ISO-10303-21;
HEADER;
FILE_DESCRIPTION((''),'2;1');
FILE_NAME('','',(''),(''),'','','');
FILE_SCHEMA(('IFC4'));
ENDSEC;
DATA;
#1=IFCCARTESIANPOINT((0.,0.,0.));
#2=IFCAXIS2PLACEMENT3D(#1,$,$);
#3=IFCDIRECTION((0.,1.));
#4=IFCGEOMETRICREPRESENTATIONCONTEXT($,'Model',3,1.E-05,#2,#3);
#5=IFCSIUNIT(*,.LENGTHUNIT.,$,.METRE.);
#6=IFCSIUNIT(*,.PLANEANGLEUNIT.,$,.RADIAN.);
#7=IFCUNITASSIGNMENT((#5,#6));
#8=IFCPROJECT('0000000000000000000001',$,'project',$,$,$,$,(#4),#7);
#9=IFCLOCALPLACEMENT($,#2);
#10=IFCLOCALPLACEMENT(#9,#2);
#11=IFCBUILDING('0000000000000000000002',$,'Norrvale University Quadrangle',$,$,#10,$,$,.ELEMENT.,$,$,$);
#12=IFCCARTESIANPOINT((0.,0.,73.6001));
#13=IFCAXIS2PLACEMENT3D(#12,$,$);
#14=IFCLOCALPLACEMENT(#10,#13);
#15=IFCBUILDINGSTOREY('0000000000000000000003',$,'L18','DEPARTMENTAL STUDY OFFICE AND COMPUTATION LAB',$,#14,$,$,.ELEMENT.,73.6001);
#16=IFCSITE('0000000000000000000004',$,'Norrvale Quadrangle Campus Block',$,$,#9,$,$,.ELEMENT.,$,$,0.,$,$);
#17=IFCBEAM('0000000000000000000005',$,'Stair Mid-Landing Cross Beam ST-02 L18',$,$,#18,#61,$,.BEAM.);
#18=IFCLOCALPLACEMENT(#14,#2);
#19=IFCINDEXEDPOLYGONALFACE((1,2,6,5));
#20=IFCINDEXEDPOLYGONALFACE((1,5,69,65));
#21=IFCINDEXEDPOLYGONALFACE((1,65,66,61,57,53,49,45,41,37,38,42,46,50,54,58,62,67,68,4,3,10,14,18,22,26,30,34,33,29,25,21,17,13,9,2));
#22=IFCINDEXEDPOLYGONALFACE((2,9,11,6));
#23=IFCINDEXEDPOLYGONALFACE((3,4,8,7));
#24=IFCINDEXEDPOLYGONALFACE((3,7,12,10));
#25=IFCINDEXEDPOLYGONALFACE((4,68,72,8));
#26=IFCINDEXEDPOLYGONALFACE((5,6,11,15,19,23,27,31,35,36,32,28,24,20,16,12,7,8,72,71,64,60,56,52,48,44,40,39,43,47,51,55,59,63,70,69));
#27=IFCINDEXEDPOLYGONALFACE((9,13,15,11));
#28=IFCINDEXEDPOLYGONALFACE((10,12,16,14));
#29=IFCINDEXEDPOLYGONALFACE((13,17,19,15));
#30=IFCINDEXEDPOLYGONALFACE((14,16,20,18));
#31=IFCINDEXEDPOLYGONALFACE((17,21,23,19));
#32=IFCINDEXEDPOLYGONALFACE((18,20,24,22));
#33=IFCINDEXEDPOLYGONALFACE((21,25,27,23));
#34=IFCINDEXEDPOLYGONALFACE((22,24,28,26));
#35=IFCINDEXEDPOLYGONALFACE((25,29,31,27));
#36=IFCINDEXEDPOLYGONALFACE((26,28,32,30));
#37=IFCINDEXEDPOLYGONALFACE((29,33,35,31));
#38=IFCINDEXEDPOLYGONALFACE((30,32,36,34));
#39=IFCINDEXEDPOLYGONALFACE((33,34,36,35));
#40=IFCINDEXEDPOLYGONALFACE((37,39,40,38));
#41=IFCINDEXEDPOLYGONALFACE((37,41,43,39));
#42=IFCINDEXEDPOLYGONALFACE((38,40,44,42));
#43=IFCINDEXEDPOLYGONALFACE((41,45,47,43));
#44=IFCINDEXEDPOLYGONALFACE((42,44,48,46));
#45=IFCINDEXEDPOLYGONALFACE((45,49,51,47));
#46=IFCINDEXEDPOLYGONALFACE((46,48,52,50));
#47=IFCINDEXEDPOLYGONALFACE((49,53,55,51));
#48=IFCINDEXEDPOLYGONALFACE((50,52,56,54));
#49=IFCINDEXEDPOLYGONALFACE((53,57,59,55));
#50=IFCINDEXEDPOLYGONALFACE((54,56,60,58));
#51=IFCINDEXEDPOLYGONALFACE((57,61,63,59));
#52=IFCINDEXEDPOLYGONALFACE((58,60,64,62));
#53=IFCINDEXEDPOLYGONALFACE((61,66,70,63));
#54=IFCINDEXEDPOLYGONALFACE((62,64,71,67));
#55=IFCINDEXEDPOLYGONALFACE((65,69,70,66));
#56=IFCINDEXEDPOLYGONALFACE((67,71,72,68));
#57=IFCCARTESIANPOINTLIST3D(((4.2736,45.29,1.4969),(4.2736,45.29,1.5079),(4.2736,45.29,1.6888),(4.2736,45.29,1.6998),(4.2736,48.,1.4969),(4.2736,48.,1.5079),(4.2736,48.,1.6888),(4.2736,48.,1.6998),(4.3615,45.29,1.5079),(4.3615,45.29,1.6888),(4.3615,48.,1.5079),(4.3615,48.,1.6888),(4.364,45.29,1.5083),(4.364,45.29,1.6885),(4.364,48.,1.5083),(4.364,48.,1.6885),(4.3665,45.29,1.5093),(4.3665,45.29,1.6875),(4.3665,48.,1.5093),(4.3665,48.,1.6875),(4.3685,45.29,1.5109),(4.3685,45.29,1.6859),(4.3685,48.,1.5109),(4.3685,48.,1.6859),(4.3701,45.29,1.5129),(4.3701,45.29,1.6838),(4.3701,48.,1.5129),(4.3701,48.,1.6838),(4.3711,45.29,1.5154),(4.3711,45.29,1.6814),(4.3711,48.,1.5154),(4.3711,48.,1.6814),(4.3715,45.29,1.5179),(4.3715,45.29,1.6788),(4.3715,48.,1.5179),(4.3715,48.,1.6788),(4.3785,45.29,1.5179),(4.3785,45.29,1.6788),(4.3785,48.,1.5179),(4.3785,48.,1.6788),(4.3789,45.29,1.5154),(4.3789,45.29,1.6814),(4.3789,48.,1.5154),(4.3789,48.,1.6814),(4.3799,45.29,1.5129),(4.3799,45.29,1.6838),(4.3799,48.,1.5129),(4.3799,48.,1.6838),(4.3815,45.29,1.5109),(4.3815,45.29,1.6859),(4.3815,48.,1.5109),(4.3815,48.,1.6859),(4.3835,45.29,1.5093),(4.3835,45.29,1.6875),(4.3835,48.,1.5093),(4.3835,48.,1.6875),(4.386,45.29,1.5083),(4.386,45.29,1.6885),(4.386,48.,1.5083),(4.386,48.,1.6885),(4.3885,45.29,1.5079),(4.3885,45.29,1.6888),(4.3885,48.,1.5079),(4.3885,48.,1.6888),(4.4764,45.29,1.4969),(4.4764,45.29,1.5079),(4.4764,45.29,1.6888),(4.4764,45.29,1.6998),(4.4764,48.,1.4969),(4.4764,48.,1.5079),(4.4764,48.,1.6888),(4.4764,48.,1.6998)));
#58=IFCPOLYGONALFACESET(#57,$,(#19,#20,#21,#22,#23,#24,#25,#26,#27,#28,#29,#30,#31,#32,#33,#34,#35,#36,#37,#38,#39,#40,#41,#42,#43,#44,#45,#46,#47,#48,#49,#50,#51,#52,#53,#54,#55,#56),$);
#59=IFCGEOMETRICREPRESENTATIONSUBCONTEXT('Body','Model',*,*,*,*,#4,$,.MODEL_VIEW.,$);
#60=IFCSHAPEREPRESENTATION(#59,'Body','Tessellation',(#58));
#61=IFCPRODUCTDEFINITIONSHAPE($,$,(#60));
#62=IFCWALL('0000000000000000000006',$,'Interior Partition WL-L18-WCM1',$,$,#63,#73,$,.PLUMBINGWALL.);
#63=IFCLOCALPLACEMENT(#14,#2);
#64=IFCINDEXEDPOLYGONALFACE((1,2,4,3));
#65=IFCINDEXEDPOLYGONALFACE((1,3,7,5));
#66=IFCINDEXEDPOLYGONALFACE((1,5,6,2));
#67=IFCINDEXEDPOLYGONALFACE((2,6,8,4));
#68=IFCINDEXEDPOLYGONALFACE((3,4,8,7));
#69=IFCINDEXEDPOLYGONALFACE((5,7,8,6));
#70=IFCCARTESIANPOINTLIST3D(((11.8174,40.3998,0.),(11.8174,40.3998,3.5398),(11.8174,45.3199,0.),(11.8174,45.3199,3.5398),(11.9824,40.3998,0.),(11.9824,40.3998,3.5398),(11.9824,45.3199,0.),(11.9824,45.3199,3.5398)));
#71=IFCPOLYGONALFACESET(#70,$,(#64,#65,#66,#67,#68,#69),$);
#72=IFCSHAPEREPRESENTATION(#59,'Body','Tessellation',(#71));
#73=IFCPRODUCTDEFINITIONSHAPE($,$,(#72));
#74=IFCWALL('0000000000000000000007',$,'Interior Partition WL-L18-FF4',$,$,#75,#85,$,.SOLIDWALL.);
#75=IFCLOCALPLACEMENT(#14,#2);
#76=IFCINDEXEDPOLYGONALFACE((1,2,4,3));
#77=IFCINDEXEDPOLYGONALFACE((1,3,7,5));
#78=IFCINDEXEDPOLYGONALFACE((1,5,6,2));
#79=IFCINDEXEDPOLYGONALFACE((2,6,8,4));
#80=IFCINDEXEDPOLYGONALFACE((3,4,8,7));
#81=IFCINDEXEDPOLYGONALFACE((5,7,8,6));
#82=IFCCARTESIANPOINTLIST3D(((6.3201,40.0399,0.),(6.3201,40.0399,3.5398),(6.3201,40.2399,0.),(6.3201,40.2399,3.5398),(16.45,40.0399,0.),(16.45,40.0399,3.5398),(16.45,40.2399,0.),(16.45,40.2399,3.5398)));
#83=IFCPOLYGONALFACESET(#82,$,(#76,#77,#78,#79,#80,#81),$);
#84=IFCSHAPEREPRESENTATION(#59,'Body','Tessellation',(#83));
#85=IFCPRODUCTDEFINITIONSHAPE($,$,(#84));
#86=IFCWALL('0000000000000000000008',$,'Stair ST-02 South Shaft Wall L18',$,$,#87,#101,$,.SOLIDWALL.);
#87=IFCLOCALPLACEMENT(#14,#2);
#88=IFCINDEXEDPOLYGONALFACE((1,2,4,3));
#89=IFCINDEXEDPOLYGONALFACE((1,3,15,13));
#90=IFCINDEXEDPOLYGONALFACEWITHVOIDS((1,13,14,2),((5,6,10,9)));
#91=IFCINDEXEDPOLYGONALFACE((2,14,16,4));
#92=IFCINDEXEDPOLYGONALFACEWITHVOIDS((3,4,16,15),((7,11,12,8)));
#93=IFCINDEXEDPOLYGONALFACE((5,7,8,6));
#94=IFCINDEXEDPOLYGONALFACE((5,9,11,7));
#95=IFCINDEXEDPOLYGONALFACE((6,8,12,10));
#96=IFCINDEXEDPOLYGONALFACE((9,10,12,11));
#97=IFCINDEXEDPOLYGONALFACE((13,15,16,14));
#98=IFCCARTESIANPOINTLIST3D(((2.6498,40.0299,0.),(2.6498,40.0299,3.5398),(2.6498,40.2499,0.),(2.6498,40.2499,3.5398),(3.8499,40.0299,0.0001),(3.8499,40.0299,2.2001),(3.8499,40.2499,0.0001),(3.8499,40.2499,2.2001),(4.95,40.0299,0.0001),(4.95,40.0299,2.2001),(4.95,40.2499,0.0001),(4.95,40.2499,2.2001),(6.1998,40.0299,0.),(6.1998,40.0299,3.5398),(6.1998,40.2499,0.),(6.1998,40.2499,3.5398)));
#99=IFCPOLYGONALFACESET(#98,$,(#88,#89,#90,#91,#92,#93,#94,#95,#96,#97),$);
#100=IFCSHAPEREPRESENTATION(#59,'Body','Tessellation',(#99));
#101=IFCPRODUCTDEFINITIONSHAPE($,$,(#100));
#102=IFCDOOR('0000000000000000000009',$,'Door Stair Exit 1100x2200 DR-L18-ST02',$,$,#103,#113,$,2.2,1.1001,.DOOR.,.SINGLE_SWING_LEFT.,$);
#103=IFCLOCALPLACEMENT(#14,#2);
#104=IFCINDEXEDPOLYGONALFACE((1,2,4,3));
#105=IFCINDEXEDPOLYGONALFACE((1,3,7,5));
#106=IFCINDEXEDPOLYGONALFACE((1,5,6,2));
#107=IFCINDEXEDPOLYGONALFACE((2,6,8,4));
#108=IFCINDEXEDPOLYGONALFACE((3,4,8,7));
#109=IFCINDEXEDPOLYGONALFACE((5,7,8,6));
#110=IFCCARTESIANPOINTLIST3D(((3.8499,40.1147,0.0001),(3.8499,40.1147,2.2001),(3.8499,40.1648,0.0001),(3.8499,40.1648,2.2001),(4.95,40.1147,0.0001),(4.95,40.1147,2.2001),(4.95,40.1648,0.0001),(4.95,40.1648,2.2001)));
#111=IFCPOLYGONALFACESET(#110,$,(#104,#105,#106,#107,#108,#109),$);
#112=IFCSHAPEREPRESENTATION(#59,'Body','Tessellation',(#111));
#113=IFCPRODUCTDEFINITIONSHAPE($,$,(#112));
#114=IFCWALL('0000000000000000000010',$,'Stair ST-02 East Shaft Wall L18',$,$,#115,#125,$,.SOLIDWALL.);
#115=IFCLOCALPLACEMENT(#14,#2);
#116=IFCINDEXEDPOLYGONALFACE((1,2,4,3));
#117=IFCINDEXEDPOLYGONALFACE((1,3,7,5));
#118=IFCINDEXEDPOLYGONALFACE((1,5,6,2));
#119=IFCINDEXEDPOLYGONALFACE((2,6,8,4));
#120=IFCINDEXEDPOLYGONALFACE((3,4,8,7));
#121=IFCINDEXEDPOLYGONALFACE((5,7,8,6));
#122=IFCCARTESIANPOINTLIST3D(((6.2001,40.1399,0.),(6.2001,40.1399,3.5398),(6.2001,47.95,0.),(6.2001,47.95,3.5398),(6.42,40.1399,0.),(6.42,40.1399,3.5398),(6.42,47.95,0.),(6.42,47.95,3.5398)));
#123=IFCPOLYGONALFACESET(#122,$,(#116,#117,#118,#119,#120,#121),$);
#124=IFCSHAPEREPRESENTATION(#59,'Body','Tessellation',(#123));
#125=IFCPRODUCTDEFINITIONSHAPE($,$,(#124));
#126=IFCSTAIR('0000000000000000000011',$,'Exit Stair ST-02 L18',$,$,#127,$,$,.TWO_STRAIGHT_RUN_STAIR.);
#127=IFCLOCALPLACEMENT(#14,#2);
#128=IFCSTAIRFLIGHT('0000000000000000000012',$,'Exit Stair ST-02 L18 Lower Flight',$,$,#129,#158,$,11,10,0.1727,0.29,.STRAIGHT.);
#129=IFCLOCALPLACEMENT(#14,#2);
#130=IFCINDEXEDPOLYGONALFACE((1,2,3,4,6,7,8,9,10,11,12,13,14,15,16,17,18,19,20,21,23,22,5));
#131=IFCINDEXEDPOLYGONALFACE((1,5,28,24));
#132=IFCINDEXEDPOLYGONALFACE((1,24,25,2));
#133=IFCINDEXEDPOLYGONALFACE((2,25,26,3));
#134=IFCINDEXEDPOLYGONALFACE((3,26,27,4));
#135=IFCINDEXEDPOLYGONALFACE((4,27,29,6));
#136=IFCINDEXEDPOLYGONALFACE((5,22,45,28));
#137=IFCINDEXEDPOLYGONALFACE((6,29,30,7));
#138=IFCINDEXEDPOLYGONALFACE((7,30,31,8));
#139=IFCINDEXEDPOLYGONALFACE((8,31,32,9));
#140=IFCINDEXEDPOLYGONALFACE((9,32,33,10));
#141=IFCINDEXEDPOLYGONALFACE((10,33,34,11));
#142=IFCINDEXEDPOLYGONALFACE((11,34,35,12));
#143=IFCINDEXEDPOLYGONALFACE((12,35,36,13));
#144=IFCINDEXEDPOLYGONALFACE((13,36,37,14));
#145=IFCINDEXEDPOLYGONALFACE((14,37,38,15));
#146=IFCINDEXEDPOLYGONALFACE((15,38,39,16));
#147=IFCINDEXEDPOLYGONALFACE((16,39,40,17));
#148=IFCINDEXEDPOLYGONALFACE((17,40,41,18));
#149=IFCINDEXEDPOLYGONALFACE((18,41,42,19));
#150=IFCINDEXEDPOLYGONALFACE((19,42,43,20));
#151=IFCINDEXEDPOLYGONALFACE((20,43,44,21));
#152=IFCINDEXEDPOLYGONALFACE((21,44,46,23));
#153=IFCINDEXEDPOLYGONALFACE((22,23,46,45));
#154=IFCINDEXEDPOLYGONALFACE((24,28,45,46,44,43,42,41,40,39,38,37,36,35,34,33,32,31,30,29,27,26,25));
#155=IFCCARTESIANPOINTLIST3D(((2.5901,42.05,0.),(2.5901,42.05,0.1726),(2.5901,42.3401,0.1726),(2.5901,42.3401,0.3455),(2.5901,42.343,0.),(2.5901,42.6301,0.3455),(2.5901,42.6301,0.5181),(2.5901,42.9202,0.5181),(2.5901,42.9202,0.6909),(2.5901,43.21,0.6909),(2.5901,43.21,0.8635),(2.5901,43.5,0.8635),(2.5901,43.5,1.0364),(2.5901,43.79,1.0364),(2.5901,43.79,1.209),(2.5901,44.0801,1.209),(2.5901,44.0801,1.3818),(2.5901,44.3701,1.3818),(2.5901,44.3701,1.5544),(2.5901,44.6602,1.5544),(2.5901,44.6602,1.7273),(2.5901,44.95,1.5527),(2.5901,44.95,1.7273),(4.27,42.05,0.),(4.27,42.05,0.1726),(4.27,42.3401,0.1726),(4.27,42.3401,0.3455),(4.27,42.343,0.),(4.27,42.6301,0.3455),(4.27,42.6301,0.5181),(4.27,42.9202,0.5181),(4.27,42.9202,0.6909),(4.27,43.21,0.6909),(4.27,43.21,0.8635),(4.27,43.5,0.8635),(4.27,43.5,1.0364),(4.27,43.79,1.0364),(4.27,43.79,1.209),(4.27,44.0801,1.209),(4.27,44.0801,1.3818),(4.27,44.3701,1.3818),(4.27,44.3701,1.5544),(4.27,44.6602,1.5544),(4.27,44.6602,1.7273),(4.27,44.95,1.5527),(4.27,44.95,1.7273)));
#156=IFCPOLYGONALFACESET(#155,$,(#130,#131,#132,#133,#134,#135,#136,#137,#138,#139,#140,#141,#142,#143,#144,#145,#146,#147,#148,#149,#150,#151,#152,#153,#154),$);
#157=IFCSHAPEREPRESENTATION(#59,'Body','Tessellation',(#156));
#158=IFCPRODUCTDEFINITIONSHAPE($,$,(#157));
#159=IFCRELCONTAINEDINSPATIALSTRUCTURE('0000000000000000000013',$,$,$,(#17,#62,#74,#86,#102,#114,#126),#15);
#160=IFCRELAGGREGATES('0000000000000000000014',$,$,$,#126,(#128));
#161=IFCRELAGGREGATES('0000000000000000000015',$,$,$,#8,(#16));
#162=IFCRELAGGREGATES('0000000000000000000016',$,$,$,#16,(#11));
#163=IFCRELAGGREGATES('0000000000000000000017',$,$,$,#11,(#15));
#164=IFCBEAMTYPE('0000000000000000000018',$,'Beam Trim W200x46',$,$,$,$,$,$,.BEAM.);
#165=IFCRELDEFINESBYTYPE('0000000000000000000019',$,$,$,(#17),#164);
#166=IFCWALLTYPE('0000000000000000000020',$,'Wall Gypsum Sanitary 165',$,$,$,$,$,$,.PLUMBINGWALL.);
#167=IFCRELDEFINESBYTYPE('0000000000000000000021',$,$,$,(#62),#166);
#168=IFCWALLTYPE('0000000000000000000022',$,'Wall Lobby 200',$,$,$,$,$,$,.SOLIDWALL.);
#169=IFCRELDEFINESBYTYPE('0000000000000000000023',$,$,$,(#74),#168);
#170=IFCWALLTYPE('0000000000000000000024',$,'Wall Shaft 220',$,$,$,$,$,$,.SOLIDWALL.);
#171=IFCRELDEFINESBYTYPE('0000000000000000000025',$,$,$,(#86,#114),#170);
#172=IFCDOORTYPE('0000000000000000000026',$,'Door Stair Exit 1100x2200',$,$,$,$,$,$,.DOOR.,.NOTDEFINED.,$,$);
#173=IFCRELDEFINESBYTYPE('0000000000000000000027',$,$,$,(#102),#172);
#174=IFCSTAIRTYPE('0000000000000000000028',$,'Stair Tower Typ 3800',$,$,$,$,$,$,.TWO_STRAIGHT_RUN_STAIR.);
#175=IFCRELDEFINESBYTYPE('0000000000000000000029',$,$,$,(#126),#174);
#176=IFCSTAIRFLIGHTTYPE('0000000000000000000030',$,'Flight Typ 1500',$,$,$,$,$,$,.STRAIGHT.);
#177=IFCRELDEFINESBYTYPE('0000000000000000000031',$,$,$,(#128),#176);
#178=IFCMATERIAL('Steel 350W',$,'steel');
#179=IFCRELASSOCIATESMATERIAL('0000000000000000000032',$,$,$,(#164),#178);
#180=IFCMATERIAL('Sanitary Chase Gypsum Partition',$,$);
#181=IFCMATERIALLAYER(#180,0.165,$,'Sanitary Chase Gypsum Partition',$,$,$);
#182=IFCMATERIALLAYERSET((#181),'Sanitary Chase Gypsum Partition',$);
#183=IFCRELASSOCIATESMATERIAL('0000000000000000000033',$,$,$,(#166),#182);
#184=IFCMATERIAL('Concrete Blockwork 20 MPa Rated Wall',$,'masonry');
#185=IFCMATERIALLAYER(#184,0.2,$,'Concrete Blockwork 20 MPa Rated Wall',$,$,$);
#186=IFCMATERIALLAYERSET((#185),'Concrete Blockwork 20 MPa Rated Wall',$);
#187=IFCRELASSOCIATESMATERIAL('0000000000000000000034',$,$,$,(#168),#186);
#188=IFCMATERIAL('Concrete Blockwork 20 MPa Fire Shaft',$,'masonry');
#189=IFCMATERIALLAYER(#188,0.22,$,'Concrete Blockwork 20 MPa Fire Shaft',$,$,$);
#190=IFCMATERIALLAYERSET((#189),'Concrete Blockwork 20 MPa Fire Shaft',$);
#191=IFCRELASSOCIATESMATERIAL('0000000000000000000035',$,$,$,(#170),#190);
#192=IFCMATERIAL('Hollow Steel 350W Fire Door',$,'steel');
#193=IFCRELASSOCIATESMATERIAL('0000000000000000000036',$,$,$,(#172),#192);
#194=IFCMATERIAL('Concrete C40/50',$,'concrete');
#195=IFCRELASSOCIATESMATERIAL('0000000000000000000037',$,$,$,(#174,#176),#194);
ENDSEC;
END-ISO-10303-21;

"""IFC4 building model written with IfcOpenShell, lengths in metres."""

from ifc_helpers import new_model, si_unit, direction, frame, frame_2d, origin, origin_2d, place, context, subcontext, project, spatial, polyline, rectangle, i_section, outline, extrude, material, layer, layer_set, material_profile, profile_set, type_object, element, fill, aggregate, save


model = new_model("IFC4")

# Units and contexts
model_context = context("Model", 3, precision=1e-05, world=origin(), true_north=direction((0.0, 1.0)))
body_context = subcontext(model_context, "Body", "Model", "MODEL_VIEW")
ifc_project = project(units=[si_unit("LENGTHUNIT", "METRE"), si_unit("PLANEANGLEUNIT", "RADIAN")], contexts=[model_context])

# Site, building, storey
site_placement = place(None, origin())
site = spatial("IfcSite", under=ifc_project, at=site_placement, Name="Norrvale Quadrangle Campus Block", CompositionType="ELEMENT", RefElevation=0.0)
building_placement = place(site_placement, origin())
building = spatial("IfcBuilding", under=site, at=building_placement, Name="Norrvale University Quadrangle", CompositionType="ELEMENT")
storey_placement = place(building_placement, frame((0.0, 0.0, 73.6001)))
storey = spatial("IfcBuildingStorey", under=building, at=storey_placement, Name="L18", Description="DEPARTMENTAL STUDY OFFICE AND COMPUTATION LAB", CompositionType="ELEMENT", Elevation=73.6001)

# Beam
ifc_material_1 = material(Name="Steel 350W", Category="steel")
ifc_material_profile_1 = material_profile(ifc_material_1, i_section(OverallWidth=0.2029, OverallDepth=0.2029, WebThickness=0.0071, FlangeThickness=0.011, FilletRadius=0.01, at=origin_2d()), Name="Steel 350W")
ifc_profile_set_1 = profile_set([ifc_material_profile_1], Name="Steel 350W")
beam_type_1 = type_object("IfcBeamType", Name="Beam Trim W200x46", PredefinedType="BEAM", material=ifc_profile_set_1)
beam_1_placement = place(storey_placement, frame((4.375, 45.29, 1.5984), z_axis=(0.0, 1.0, 0.0), x_axis=(-1.0, 0.0, 0.0)))
element("IfcBeam", 1, at=beam_1_placement, inside=storey, type_object=beam_type_1, Name="Stair Mid-Landing Cross Beam ST-02 L18", PredefinedType="BEAM", context=body_context, shape_type="SweptSolid", body=[
    extrude(i_section(OverallWidth=0.2029, OverallDepth=0.2029, WebThickness=0.0071, FlangeThickness=0.011, FilletRadius=0.01, at=origin_2d()), origin(), (0.0, 0.0, 1.0), 2.71),
])

# Walls
ifc_material_2 = material(Name="Sanitary Chase Gypsum Partition")
ifc_layer_1 = layer(ifc_material_2, 0.165, Name="Sanitary Chase Gypsum Partition")
ifc_layer_set_1 = layer_set([ifc_layer_1], Name="Sanitary Chase Gypsum Partition")
wall_type_1 = type_object("IfcWallType", Name="Wall Gypsum Sanitary 165", PredefinedType="PLUMBINGWALL", material=ifc_layer_set_1)
wall_1_placement = place(storey_placement, frame((11.8999, 40.3999, 0.0), z_axis=(0.0, 0.0, 1.0), x_axis=(0.0, 1.0, 0.0)))
element("IfcWall", 2, at=wall_1_placement, inside=storey, type_object=wall_type_1, Name="Interior Partition WL-L18-WCM1", PredefinedType="PLUMBINGWALL", context=body_context, shape_type="SweptSolid", body=[
    extrude(rectangle(XDim=4.9202, YDim=0.165, at=frame_2d((2.46, 0.0))), origin(), (0.0, 0.0, 1.0), 3.5398),
])
ifc_material_3 = material(Name="Concrete Blockwork 20 MPa Rated Wall", Category="masonry")
ifc_layer_2 = layer(ifc_material_3, 0.2, Name="Concrete Blockwork 20 MPa Rated Wall")
ifc_layer_set_2 = layer_set([ifc_layer_2], Name="Concrete Blockwork 20 MPa Rated Wall")
wall_type_2 = type_object("IfcWallType", Name="Wall Lobby 200", PredefinedType="SOLIDWALL", material=ifc_layer_set_2)
wall_2_placement = place(storey_placement, frame((6.3201, 40.1399, 0.0), z_axis=(0.0, 0.0, 1.0), x_axis=(1.0, 0.0, 0.0)))
element("IfcWall", 3, at=wall_2_placement, inside=storey, type_object=wall_type_2, Name="Interior Partition WL-L18-FF4", PredefinedType="SOLIDWALL", context=body_context, shape_type="SweptSolid", body=[
    extrude(rectangle(XDim=10.1299, YDim=0.2, at=frame_2d((5.0649, 0.0))), origin(), (0.0, 0.0, 1.0), 3.5398),
])

# Wall, opening, door
ifc_material_4 = material(Name="Concrete Blockwork 20 MPa Fire Shaft", Category="masonry")
ifc_layer_3 = layer(ifc_material_4, 0.22, Name="Concrete Blockwork 20 MPa Fire Shaft")
ifc_layer_set_3 = layer_set([ifc_layer_3], Name="Concrete Blockwork 20 MPa Fire Shaft")
wall_type_3 = type_object("IfcWallType", Name="Wall Shaft 220", PredefinedType="SOLIDWALL", material=ifc_layer_set_3)
wall_3_placement = place(storey_placement, frame((2.6499, 40.1399, 0.0), z_axis=(0.0, 0.0, 1.0), x_axis=(1.0, 0.0, 0.0)))
wall_3 = element("IfcWall", 4, at=wall_3_placement, inside=storey, type_object=wall_type_3, Name="Stair ST-02 South Shaft Wall L18", PredefinedType="SOLIDWALL", context=body_context, shape_type="SweptSolid", body=[
    extrude(rectangle(XDim=3.55, YDim=0.22, at=frame_2d((1.7749, 0.0))), origin(), (0.0, 0.0, 1.0), 3.5398),
])
opening_placement = place(wall_3_placement, frame((1.2, 0.0, 0.0)))
opening = element("IfcOpeningElement", 5, at=opening_placement, cuts=wall_3, PredefinedType="OPENING", context=body_context, shape_type="SweptSolid", body=[
    extrude(rectangle(XDim=1.1001, YDim=2.2, at=frame_2d((0.55, 1.1001))), frame((0.0, 0.1221, 0.0), z_axis=(0.0, -1.0, 0.0), x_axis=(1.0, 0.0, 0.0)), (0.0, 0.0, 1.0), 0.2439),
])
ifc_material_5 = material(Name="Hollow Steel 350W Fire Door", Category="steel")
door_type = type_object("IfcDoorType", Name="Door Stair Exit 1100x2200", OperationType="NOTDEFINED", PredefinedType="DOOR", material=ifc_material_5)
door_placement = place(opening_placement, origin())
door = element("IfcDoor", 6, at=door_placement, inside=storey, type_object=door_type, Name="Door Stair Exit 1100x2200 DR-L18-ST02", OperationType="SINGLE_SWING_LEFT", OverallHeight=2.2, OverallWidth=1.1001, PredefinedType="DOOR", context=body_context, shape_type="SweptSolid", body=[
    extrude(rectangle(XDim=1.1001, YDim=2.2, at=frame_2d((0.55, 1.1001))), frame((0.0, 0.0249, 0.0), z_axis=(0.0, -1.0, 0.0), x_axis=(1.0, 0.0, 0.0)), (0.0, 0.0, 1.0), 0.05),
])
fill(opening, door)

# Wall
wall_4_placement = place(storey_placement, frame((6.3101, 40.1399, 0.0), z_axis=(0.0, 0.0, 1.0), x_axis=(0.0, 1.0, 0.0)))
element("IfcWall", 7, at=wall_4_placement, inside=storey, type_object=wall_type_3, Name="Stair ST-02 East Shaft Wall L18", PredefinedType="SOLIDWALL", context=body_context, shape_type="SweptSolid", body=[
    extrude(rectangle(XDim=7.8101, YDim=0.22, at=frame_2d((3.905, 0.0))), origin(), (0.0, 0.0, 1.0), 3.5398),
])

# Stair, stair flight
ifc_material_6 = material(Name="Concrete C40/50", Category="concrete")
stair_type = type_object("IfcStairType", Name="Stair Tower Typ 3800", PredefinedType="TWO_STRAIGHT_RUN_STAIR", material=ifc_material_6)
stair_placement = place(storey_placement, origin())
stair = element("IfcStair", 8, at=stair_placement, inside=storey, type_object=stair_type, Name="Exit Stair ST-02 L18", PredefinedType="TWO_STRAIGHT_RUN_STAIR")
stair_flight_type = type_object("IfcStairFlightType", Name="Flight Typ 1500", PredefinedType="STRAIGHT", material=ifc_material_6)
stair_flight_1_placement = place(storey_placement, frame((3.4299, 42.05, 0.0), z_axis=(0.0, 0.0, 1.0), x_axis=(0.0, 1.0, 0.0)))
stair_flight_1 = element("IfcStairFlight", 9, at=stair_flight_1_placement, type_object=stair_flight_type, Name="Exit Stair ST-02 L18 Lower Flight", NumberOfRisers=11, NumberOfTreads=10, PredefinedType="STRAIGHT", RiserHeight=0.1727, TreadLength=0.29, context=body_context, shape_type="SweptSolid", body=[
    extrude(outline(polyline([(0.0, 0.0), (0.0, 0.1726), (0.29, 0.1726), (0.29, 0.3455), (0.5801, 0.3455), (0.5801, 0.5181), (0.8701, 0.5181), (0.8701, 0.6909), (1.1599, 0.6909), (1.1599, 0.8635), (1.45, 0.8635), (1.45, 1.0364), (1.74, 1.0364), (1.74, 1.209), (2.03, 1.209), (2.03, 1.3818), (2.3201, 1.3818), (2.3201, 1.5544), (2.6101, 1.5544), (2.6101, 1.7273), (2.8999, 1.7273), (2.8999, 1.8999), (2.8999, 1.5527), (0.293, 0.0), (0.0, 0.0)])), frame((0.0, 0.8398, 0.0), z_axis=(0.0, -1.0, 0.0), x_axis=(1.0, 0.0, 0.0)), (0.0, 0.0, 1.0), 1.6799),
])
aggregate(stair, [stair_flight_1])

save(model, "model.ifc")
